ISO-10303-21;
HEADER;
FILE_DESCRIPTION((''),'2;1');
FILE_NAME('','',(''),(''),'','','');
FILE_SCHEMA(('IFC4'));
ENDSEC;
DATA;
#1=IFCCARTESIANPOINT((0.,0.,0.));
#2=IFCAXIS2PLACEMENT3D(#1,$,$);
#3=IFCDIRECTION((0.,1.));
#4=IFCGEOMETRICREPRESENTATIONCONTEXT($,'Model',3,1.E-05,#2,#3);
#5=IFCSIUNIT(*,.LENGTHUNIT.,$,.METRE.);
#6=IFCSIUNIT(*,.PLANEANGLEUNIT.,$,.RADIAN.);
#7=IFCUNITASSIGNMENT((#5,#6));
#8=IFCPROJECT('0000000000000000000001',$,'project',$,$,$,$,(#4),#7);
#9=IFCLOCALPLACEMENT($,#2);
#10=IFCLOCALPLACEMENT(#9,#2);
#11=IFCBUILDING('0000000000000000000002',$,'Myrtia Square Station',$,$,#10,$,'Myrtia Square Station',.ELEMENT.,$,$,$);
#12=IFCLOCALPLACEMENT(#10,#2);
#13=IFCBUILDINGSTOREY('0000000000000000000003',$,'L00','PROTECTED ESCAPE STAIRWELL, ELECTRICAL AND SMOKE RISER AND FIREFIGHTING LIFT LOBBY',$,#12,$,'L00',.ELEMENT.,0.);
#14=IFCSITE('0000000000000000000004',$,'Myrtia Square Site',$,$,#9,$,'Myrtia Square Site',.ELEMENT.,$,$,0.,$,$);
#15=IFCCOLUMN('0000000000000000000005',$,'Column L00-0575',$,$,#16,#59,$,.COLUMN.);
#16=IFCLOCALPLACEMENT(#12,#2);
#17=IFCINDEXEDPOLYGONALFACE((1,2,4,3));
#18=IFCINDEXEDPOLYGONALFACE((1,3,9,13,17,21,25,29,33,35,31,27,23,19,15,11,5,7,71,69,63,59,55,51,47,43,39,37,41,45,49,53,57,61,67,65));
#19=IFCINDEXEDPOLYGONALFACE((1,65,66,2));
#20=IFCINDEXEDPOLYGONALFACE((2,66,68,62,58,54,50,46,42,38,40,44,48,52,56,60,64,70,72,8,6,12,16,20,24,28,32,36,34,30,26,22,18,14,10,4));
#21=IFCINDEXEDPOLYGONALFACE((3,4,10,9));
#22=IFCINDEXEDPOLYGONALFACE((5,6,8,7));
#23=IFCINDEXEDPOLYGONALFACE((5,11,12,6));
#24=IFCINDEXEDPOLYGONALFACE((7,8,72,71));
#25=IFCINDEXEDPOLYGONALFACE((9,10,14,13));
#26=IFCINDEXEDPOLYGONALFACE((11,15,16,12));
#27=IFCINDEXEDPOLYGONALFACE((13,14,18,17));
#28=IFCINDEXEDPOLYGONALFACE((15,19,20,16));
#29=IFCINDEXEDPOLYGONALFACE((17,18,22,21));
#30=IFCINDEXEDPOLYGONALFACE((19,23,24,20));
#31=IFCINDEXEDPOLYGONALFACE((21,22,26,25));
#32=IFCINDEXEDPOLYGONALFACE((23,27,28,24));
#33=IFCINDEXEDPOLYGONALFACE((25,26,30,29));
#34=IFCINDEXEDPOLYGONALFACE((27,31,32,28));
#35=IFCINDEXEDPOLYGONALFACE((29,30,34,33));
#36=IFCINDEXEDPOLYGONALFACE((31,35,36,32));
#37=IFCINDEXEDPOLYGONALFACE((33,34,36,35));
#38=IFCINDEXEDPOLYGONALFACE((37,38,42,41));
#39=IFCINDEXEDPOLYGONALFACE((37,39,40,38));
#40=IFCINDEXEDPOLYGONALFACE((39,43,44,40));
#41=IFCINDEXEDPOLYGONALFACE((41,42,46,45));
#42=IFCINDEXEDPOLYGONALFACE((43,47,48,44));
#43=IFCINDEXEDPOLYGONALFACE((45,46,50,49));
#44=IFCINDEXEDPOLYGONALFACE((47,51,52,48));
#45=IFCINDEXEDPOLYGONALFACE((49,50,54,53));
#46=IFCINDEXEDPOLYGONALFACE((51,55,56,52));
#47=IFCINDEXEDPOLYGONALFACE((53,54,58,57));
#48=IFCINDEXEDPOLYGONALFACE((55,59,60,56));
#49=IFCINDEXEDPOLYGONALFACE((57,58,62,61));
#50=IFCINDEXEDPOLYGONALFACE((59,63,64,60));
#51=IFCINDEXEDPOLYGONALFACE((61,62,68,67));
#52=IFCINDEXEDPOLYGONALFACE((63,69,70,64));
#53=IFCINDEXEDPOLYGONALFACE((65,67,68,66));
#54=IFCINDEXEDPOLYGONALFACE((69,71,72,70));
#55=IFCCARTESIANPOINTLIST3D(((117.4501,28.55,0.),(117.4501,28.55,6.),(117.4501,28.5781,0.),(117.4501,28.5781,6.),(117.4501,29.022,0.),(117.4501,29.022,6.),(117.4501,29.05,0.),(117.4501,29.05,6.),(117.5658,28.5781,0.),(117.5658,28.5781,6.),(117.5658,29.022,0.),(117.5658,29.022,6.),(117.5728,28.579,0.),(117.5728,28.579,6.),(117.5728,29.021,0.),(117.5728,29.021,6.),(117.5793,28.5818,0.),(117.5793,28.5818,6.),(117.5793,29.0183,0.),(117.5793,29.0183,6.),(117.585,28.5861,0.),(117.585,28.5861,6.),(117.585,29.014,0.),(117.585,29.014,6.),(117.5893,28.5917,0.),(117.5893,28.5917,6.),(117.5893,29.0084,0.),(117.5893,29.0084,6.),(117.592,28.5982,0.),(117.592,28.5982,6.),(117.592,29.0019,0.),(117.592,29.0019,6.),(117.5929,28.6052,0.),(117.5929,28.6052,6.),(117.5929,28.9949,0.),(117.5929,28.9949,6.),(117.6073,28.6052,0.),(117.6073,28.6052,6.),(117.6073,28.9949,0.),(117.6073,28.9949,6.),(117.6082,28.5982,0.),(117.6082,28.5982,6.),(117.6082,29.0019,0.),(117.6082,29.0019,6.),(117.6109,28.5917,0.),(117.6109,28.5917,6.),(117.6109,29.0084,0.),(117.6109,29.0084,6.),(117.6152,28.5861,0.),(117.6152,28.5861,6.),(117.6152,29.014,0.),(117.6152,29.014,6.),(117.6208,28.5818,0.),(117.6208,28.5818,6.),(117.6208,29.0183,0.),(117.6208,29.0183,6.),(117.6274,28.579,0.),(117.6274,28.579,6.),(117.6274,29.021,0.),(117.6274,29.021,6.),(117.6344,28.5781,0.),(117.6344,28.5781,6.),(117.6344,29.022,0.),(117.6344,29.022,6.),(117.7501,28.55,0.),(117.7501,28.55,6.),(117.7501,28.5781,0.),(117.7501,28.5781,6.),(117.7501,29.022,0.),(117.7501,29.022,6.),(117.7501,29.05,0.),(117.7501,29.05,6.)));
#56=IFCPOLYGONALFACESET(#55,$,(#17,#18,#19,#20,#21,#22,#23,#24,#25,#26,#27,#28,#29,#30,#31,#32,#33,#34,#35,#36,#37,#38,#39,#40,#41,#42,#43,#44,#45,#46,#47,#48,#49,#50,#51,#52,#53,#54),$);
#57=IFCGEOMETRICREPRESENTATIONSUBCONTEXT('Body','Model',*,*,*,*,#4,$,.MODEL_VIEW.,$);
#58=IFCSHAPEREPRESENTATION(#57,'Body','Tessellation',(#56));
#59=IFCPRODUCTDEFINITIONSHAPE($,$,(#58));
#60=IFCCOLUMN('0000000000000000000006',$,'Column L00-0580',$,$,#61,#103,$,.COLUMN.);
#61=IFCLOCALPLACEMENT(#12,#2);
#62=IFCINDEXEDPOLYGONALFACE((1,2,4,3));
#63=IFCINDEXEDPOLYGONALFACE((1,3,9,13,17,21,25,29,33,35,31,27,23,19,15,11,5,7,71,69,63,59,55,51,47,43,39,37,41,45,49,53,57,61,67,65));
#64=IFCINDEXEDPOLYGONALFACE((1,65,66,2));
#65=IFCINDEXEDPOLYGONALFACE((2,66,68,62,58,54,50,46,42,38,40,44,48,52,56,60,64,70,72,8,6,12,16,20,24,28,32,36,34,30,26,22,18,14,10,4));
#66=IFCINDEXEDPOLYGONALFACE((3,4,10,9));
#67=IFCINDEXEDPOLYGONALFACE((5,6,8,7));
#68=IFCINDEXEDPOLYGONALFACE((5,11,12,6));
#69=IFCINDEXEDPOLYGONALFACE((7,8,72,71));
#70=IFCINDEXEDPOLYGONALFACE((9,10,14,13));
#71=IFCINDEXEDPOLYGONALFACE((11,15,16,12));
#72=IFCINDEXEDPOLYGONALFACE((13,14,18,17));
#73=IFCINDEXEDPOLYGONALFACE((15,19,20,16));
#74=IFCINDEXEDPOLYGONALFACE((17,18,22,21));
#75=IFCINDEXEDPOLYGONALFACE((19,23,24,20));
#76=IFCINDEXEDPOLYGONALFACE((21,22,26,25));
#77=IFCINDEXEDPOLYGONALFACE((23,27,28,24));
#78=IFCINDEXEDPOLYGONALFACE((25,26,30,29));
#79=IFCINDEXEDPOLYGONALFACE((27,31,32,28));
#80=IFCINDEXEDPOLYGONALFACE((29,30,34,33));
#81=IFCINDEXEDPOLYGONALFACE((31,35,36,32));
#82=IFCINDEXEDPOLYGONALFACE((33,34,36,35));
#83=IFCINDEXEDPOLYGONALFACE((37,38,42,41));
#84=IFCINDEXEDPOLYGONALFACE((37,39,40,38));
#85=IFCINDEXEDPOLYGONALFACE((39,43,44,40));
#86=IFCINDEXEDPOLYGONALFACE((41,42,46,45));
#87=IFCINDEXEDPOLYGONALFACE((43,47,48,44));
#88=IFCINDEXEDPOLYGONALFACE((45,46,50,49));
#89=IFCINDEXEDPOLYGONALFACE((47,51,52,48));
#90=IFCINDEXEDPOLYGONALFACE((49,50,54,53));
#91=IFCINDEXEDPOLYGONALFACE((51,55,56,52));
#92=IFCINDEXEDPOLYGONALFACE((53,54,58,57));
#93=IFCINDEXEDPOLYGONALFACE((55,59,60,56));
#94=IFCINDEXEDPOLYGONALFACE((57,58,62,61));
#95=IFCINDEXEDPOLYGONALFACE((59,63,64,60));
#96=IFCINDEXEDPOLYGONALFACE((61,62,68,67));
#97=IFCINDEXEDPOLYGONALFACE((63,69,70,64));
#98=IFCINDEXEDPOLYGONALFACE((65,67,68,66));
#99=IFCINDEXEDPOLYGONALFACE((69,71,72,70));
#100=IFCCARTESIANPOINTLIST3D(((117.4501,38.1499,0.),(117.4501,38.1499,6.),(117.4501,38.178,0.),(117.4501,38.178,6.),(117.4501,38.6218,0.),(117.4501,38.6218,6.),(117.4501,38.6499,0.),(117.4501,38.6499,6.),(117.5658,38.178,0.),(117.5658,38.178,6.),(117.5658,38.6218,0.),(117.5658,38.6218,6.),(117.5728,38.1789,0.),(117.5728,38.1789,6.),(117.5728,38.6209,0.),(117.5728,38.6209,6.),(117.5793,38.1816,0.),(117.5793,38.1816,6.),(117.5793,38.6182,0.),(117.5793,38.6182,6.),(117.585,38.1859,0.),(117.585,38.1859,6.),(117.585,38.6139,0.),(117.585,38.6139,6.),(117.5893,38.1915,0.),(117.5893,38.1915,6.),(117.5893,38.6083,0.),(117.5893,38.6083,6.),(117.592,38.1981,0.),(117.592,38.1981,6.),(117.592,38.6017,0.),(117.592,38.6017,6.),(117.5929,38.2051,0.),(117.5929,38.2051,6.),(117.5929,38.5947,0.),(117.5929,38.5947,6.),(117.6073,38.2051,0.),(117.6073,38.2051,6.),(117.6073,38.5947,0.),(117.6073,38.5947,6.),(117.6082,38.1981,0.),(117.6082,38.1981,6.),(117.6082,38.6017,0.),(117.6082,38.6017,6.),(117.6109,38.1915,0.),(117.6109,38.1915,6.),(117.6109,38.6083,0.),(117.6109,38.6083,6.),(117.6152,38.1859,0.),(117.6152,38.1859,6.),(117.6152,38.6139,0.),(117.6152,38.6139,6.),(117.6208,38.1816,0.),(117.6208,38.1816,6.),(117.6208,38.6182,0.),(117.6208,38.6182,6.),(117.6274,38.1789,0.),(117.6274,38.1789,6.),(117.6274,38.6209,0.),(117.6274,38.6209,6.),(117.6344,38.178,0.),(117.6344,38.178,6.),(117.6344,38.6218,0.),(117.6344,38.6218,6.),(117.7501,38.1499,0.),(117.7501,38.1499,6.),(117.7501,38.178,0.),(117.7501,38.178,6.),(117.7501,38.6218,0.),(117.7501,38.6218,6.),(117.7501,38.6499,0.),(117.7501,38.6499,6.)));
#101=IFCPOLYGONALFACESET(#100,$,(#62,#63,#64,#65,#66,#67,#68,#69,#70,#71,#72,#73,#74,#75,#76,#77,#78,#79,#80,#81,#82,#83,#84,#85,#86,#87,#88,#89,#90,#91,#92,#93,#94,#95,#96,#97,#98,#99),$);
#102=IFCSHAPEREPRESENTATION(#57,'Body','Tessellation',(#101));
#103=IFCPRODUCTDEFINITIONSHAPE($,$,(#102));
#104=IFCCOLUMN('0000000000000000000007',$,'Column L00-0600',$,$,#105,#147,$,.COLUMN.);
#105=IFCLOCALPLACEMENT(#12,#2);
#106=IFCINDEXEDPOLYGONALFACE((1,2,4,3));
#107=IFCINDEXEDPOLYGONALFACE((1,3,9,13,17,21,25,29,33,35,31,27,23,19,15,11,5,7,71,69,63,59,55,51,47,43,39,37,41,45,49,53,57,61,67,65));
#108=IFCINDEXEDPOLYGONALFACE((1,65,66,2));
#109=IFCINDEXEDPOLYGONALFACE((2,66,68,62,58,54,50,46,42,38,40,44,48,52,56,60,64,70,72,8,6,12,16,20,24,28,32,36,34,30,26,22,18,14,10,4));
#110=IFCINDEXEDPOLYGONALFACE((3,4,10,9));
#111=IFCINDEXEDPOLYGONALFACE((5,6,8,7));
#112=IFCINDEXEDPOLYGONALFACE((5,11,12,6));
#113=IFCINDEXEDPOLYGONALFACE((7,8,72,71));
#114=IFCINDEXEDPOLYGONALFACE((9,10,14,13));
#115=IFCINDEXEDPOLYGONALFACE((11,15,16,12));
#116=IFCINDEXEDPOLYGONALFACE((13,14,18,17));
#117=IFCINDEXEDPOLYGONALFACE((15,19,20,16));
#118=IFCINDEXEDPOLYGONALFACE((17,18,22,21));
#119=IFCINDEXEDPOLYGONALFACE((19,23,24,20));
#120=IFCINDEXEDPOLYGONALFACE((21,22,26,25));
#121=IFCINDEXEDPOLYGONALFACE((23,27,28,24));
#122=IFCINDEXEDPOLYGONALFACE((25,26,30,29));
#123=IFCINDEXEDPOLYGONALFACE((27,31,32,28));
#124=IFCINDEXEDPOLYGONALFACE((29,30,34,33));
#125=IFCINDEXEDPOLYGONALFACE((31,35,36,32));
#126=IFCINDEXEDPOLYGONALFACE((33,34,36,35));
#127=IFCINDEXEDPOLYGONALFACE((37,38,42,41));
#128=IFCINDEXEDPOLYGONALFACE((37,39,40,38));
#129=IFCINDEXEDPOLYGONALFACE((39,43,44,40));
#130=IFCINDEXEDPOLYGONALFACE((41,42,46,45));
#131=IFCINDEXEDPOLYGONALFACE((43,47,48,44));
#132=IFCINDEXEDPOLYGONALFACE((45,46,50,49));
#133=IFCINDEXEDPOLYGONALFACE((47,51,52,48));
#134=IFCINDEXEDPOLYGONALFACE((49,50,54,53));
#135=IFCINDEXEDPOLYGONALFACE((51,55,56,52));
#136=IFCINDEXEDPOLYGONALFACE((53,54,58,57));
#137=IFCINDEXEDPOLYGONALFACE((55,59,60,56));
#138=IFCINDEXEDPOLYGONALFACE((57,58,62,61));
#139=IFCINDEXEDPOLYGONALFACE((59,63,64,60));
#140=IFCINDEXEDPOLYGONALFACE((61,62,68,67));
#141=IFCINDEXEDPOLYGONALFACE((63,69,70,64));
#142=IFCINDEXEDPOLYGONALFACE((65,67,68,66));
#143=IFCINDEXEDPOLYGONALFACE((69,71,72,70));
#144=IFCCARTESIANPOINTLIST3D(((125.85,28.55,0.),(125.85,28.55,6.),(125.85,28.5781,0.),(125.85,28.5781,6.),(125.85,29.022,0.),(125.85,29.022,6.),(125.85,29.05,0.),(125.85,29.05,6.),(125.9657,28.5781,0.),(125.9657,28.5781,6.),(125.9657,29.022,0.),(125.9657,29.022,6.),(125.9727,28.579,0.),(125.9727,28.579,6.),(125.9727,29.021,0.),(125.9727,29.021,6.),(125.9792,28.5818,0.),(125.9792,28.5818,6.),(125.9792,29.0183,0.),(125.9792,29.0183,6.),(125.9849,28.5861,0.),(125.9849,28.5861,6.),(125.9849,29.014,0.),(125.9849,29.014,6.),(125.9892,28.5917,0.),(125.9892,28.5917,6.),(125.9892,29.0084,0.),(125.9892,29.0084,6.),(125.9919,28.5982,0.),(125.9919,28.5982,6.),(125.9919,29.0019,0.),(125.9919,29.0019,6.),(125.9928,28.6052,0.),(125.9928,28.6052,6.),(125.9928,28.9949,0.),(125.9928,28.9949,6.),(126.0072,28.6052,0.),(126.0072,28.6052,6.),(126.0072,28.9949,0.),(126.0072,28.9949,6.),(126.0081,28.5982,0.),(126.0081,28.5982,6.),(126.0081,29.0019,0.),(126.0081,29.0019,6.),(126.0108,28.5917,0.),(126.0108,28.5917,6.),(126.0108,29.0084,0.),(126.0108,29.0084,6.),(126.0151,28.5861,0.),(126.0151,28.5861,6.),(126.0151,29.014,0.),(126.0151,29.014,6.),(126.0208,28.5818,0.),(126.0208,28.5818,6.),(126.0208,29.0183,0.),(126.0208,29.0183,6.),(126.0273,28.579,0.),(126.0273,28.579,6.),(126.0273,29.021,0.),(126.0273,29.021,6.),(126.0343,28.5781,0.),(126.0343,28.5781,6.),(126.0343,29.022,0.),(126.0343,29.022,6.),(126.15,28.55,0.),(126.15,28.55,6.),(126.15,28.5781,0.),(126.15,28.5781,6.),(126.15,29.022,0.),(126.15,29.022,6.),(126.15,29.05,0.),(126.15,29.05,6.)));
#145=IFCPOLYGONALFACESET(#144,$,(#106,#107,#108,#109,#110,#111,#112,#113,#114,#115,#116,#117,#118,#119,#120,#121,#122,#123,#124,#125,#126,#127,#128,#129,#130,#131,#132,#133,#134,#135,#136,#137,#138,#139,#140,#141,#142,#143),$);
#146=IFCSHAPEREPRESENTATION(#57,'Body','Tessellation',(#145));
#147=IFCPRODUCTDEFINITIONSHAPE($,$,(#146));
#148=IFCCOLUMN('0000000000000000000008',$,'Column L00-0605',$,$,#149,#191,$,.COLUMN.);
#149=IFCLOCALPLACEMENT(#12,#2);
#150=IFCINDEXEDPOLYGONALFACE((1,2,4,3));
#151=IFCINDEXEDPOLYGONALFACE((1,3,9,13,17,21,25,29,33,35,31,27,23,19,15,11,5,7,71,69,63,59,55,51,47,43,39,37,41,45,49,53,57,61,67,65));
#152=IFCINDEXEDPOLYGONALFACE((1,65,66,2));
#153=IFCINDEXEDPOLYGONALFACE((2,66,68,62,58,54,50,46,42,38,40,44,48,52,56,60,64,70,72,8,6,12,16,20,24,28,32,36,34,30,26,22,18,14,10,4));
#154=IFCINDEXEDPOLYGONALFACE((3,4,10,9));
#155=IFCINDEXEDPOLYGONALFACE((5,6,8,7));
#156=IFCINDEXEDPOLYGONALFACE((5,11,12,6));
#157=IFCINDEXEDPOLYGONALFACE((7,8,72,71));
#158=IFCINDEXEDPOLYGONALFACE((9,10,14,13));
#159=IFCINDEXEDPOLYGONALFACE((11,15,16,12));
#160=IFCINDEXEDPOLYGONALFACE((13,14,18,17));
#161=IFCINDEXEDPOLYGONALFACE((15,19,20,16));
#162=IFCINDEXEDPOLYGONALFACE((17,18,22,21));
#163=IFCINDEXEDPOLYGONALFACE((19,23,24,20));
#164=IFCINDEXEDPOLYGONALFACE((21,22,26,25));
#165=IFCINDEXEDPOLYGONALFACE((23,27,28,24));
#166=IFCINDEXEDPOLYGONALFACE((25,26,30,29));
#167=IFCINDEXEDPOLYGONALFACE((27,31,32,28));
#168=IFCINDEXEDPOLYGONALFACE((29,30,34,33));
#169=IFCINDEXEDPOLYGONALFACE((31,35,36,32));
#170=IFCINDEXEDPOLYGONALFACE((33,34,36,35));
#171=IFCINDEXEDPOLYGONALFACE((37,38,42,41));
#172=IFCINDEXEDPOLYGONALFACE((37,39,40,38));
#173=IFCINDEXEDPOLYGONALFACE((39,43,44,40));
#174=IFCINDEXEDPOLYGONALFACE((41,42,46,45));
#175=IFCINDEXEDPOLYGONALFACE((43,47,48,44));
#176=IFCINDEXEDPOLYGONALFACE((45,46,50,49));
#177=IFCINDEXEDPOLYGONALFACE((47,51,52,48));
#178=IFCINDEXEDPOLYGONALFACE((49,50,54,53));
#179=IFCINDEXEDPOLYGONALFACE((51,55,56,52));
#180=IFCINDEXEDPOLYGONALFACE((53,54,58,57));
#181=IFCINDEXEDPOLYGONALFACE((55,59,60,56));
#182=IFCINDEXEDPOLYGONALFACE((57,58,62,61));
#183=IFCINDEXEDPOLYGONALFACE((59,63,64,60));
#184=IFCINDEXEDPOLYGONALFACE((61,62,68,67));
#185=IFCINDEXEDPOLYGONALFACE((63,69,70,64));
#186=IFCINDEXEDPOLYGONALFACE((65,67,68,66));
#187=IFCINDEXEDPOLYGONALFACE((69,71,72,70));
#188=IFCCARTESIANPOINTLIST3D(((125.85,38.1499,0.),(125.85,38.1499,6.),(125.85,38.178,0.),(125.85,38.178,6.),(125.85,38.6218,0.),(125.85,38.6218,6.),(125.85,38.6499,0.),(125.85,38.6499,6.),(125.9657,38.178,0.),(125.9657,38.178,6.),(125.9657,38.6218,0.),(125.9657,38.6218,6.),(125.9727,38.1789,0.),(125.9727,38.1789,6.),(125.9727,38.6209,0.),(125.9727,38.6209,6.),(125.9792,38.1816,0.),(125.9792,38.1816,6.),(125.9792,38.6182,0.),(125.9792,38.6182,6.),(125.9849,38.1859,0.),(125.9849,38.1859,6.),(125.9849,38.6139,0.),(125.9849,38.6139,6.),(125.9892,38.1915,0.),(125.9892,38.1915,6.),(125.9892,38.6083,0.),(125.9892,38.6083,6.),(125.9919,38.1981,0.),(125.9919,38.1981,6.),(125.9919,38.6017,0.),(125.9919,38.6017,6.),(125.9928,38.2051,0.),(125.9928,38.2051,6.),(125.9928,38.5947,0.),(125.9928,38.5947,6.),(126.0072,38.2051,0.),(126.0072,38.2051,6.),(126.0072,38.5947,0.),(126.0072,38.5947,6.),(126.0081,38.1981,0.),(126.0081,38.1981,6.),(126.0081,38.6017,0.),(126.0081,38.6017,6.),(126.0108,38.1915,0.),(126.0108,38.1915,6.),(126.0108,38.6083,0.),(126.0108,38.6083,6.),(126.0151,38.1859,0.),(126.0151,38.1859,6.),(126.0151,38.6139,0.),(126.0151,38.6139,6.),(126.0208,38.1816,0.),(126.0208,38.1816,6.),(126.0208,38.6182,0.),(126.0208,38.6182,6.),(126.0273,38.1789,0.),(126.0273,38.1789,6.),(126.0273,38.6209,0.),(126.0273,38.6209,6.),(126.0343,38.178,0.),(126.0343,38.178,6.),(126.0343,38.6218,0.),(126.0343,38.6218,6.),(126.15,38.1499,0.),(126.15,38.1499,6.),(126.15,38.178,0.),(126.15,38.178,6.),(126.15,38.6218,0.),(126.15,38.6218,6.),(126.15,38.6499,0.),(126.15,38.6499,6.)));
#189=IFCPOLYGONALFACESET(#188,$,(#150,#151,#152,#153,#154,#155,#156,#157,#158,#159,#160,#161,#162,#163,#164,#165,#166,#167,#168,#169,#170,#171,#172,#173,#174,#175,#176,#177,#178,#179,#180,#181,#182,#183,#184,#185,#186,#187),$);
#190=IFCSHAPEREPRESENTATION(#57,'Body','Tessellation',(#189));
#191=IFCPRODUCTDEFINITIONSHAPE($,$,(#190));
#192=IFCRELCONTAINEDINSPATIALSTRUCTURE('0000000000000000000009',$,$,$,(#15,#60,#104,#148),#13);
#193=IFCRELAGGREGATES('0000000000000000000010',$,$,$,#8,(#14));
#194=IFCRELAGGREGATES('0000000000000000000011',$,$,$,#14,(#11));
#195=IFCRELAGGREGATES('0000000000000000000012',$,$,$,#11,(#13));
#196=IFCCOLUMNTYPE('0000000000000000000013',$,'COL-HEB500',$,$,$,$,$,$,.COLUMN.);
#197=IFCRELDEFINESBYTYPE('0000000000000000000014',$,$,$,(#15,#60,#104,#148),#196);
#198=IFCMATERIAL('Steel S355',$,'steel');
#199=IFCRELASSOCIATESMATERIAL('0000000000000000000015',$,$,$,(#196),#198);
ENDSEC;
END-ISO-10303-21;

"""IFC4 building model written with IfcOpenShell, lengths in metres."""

from ifc_helpers import new_model, si_unit, direction, frame, origin, origin_2d, place, context, subcontext, project, spatial, i_section, extrude, material, material_profile, profile_set, type_object, element, save


model = new_model("IFC4")

# Units and contexts
model_context = context("Model", 3, precision=1e-05, world=origin(), true_north=direction((0.0, 1.0)))
body_context = subcontext(model_context, "Body", "Model", "MODEL_VIEW")
ifc_project = project(units=[si_unit("LENGTHUNIT", "METRE"), si_unit("PLANEANGLEUNIT", "RADIAN")], contexts=[model_context])

# Site, building, storey
site_placement = place(None, origin())
site = spatial("IfcSite", under=ifc_project, at=site_placement, Name="Myrtia Square Site", LongName="Myrtia Square Site", CompositionType="ELEMENT", RefElevation=0.0)
building_placement = place(site_placement, origin())
building = spatial("IfcBuilding", under=site, at=building_placement, Name="Myrtia Square Station", LongName="Myrtia Square Station", CompositionType="ELEMENT")
storey_placement = place(building_placement, origin())
storey = spatial("IfcBuildingStorey", under=building, at=storey_placement, Name="L00", Description="PROTECTED ESCAPE STAIRWELL, ELECTRICAL AND SMOKE RISER AND FIREFIGHTING LIFT LOBBY", LongName="L00", CompositionType="ELEMENT", Elevation=0.0)

# Columns
ifc_material_1 = material(Name="Steel S355", Category="steel")
ifc_material_profile_1 = material_profile(ifc_material_1, i_section(OverallWidth=0.3, OverallDepth=0.5, WebThickness=0.0144, FlangeThickness=0.0281, FilletRadius=0.0271, at=origin_2d()), Name="HEB 500")
ifc_profile_set_1 = profile_set([ifc_material_profile_1], Name="Steel S355")
column_type_1 = type_object("IfcColumnType", Name="COL-HEB500", PredefinedType="COLUMN", material=ifc_profile_set_1)
for number, where, z_axis, x_axis, name in (
    (1, (117.6001, 28.8, 0.0), (0.0, 0.0, 1.0), (1.0, 0.0, 0.0), "Column L00-0575"),
    (2, (117.6001, 38.3999, 0.0), (0.0, 0.0, 1.0), (1.0, 0.0, 0.0), "Column L00-0580"),
    (3, (126.0, 28.8, 0.0), (0.0, 0.0, 1.0), (1.0, 0.0, 0.0), "Column L00-0600"),
    (4, (126.0, 38.3999, 0.0), (0.0, 0.0, 1.0), (1.0, 0.0, 0.0), "Column L00-0605"),
):
    element("IfcColumn", number, at=place(storey_placement, frame(where, z_axis=z_axis, x_axis=x_axis)), inside=storey, type_object=column_type_1, Name=name, PredefinedType="COLUMN", context=body_context, shape_type="SweptSolid", body=[
        extrude(i_section(OverallWidth=0.3, OverallDepth=0.5, WebThickness=0.0144, FlangeThickness=0.0281, FilletRadius=0.0271, at=origin_2d()), origin(), (0.0, 0.0, 1.0), 6.0),
    ])

save(model, "model.ifc")
